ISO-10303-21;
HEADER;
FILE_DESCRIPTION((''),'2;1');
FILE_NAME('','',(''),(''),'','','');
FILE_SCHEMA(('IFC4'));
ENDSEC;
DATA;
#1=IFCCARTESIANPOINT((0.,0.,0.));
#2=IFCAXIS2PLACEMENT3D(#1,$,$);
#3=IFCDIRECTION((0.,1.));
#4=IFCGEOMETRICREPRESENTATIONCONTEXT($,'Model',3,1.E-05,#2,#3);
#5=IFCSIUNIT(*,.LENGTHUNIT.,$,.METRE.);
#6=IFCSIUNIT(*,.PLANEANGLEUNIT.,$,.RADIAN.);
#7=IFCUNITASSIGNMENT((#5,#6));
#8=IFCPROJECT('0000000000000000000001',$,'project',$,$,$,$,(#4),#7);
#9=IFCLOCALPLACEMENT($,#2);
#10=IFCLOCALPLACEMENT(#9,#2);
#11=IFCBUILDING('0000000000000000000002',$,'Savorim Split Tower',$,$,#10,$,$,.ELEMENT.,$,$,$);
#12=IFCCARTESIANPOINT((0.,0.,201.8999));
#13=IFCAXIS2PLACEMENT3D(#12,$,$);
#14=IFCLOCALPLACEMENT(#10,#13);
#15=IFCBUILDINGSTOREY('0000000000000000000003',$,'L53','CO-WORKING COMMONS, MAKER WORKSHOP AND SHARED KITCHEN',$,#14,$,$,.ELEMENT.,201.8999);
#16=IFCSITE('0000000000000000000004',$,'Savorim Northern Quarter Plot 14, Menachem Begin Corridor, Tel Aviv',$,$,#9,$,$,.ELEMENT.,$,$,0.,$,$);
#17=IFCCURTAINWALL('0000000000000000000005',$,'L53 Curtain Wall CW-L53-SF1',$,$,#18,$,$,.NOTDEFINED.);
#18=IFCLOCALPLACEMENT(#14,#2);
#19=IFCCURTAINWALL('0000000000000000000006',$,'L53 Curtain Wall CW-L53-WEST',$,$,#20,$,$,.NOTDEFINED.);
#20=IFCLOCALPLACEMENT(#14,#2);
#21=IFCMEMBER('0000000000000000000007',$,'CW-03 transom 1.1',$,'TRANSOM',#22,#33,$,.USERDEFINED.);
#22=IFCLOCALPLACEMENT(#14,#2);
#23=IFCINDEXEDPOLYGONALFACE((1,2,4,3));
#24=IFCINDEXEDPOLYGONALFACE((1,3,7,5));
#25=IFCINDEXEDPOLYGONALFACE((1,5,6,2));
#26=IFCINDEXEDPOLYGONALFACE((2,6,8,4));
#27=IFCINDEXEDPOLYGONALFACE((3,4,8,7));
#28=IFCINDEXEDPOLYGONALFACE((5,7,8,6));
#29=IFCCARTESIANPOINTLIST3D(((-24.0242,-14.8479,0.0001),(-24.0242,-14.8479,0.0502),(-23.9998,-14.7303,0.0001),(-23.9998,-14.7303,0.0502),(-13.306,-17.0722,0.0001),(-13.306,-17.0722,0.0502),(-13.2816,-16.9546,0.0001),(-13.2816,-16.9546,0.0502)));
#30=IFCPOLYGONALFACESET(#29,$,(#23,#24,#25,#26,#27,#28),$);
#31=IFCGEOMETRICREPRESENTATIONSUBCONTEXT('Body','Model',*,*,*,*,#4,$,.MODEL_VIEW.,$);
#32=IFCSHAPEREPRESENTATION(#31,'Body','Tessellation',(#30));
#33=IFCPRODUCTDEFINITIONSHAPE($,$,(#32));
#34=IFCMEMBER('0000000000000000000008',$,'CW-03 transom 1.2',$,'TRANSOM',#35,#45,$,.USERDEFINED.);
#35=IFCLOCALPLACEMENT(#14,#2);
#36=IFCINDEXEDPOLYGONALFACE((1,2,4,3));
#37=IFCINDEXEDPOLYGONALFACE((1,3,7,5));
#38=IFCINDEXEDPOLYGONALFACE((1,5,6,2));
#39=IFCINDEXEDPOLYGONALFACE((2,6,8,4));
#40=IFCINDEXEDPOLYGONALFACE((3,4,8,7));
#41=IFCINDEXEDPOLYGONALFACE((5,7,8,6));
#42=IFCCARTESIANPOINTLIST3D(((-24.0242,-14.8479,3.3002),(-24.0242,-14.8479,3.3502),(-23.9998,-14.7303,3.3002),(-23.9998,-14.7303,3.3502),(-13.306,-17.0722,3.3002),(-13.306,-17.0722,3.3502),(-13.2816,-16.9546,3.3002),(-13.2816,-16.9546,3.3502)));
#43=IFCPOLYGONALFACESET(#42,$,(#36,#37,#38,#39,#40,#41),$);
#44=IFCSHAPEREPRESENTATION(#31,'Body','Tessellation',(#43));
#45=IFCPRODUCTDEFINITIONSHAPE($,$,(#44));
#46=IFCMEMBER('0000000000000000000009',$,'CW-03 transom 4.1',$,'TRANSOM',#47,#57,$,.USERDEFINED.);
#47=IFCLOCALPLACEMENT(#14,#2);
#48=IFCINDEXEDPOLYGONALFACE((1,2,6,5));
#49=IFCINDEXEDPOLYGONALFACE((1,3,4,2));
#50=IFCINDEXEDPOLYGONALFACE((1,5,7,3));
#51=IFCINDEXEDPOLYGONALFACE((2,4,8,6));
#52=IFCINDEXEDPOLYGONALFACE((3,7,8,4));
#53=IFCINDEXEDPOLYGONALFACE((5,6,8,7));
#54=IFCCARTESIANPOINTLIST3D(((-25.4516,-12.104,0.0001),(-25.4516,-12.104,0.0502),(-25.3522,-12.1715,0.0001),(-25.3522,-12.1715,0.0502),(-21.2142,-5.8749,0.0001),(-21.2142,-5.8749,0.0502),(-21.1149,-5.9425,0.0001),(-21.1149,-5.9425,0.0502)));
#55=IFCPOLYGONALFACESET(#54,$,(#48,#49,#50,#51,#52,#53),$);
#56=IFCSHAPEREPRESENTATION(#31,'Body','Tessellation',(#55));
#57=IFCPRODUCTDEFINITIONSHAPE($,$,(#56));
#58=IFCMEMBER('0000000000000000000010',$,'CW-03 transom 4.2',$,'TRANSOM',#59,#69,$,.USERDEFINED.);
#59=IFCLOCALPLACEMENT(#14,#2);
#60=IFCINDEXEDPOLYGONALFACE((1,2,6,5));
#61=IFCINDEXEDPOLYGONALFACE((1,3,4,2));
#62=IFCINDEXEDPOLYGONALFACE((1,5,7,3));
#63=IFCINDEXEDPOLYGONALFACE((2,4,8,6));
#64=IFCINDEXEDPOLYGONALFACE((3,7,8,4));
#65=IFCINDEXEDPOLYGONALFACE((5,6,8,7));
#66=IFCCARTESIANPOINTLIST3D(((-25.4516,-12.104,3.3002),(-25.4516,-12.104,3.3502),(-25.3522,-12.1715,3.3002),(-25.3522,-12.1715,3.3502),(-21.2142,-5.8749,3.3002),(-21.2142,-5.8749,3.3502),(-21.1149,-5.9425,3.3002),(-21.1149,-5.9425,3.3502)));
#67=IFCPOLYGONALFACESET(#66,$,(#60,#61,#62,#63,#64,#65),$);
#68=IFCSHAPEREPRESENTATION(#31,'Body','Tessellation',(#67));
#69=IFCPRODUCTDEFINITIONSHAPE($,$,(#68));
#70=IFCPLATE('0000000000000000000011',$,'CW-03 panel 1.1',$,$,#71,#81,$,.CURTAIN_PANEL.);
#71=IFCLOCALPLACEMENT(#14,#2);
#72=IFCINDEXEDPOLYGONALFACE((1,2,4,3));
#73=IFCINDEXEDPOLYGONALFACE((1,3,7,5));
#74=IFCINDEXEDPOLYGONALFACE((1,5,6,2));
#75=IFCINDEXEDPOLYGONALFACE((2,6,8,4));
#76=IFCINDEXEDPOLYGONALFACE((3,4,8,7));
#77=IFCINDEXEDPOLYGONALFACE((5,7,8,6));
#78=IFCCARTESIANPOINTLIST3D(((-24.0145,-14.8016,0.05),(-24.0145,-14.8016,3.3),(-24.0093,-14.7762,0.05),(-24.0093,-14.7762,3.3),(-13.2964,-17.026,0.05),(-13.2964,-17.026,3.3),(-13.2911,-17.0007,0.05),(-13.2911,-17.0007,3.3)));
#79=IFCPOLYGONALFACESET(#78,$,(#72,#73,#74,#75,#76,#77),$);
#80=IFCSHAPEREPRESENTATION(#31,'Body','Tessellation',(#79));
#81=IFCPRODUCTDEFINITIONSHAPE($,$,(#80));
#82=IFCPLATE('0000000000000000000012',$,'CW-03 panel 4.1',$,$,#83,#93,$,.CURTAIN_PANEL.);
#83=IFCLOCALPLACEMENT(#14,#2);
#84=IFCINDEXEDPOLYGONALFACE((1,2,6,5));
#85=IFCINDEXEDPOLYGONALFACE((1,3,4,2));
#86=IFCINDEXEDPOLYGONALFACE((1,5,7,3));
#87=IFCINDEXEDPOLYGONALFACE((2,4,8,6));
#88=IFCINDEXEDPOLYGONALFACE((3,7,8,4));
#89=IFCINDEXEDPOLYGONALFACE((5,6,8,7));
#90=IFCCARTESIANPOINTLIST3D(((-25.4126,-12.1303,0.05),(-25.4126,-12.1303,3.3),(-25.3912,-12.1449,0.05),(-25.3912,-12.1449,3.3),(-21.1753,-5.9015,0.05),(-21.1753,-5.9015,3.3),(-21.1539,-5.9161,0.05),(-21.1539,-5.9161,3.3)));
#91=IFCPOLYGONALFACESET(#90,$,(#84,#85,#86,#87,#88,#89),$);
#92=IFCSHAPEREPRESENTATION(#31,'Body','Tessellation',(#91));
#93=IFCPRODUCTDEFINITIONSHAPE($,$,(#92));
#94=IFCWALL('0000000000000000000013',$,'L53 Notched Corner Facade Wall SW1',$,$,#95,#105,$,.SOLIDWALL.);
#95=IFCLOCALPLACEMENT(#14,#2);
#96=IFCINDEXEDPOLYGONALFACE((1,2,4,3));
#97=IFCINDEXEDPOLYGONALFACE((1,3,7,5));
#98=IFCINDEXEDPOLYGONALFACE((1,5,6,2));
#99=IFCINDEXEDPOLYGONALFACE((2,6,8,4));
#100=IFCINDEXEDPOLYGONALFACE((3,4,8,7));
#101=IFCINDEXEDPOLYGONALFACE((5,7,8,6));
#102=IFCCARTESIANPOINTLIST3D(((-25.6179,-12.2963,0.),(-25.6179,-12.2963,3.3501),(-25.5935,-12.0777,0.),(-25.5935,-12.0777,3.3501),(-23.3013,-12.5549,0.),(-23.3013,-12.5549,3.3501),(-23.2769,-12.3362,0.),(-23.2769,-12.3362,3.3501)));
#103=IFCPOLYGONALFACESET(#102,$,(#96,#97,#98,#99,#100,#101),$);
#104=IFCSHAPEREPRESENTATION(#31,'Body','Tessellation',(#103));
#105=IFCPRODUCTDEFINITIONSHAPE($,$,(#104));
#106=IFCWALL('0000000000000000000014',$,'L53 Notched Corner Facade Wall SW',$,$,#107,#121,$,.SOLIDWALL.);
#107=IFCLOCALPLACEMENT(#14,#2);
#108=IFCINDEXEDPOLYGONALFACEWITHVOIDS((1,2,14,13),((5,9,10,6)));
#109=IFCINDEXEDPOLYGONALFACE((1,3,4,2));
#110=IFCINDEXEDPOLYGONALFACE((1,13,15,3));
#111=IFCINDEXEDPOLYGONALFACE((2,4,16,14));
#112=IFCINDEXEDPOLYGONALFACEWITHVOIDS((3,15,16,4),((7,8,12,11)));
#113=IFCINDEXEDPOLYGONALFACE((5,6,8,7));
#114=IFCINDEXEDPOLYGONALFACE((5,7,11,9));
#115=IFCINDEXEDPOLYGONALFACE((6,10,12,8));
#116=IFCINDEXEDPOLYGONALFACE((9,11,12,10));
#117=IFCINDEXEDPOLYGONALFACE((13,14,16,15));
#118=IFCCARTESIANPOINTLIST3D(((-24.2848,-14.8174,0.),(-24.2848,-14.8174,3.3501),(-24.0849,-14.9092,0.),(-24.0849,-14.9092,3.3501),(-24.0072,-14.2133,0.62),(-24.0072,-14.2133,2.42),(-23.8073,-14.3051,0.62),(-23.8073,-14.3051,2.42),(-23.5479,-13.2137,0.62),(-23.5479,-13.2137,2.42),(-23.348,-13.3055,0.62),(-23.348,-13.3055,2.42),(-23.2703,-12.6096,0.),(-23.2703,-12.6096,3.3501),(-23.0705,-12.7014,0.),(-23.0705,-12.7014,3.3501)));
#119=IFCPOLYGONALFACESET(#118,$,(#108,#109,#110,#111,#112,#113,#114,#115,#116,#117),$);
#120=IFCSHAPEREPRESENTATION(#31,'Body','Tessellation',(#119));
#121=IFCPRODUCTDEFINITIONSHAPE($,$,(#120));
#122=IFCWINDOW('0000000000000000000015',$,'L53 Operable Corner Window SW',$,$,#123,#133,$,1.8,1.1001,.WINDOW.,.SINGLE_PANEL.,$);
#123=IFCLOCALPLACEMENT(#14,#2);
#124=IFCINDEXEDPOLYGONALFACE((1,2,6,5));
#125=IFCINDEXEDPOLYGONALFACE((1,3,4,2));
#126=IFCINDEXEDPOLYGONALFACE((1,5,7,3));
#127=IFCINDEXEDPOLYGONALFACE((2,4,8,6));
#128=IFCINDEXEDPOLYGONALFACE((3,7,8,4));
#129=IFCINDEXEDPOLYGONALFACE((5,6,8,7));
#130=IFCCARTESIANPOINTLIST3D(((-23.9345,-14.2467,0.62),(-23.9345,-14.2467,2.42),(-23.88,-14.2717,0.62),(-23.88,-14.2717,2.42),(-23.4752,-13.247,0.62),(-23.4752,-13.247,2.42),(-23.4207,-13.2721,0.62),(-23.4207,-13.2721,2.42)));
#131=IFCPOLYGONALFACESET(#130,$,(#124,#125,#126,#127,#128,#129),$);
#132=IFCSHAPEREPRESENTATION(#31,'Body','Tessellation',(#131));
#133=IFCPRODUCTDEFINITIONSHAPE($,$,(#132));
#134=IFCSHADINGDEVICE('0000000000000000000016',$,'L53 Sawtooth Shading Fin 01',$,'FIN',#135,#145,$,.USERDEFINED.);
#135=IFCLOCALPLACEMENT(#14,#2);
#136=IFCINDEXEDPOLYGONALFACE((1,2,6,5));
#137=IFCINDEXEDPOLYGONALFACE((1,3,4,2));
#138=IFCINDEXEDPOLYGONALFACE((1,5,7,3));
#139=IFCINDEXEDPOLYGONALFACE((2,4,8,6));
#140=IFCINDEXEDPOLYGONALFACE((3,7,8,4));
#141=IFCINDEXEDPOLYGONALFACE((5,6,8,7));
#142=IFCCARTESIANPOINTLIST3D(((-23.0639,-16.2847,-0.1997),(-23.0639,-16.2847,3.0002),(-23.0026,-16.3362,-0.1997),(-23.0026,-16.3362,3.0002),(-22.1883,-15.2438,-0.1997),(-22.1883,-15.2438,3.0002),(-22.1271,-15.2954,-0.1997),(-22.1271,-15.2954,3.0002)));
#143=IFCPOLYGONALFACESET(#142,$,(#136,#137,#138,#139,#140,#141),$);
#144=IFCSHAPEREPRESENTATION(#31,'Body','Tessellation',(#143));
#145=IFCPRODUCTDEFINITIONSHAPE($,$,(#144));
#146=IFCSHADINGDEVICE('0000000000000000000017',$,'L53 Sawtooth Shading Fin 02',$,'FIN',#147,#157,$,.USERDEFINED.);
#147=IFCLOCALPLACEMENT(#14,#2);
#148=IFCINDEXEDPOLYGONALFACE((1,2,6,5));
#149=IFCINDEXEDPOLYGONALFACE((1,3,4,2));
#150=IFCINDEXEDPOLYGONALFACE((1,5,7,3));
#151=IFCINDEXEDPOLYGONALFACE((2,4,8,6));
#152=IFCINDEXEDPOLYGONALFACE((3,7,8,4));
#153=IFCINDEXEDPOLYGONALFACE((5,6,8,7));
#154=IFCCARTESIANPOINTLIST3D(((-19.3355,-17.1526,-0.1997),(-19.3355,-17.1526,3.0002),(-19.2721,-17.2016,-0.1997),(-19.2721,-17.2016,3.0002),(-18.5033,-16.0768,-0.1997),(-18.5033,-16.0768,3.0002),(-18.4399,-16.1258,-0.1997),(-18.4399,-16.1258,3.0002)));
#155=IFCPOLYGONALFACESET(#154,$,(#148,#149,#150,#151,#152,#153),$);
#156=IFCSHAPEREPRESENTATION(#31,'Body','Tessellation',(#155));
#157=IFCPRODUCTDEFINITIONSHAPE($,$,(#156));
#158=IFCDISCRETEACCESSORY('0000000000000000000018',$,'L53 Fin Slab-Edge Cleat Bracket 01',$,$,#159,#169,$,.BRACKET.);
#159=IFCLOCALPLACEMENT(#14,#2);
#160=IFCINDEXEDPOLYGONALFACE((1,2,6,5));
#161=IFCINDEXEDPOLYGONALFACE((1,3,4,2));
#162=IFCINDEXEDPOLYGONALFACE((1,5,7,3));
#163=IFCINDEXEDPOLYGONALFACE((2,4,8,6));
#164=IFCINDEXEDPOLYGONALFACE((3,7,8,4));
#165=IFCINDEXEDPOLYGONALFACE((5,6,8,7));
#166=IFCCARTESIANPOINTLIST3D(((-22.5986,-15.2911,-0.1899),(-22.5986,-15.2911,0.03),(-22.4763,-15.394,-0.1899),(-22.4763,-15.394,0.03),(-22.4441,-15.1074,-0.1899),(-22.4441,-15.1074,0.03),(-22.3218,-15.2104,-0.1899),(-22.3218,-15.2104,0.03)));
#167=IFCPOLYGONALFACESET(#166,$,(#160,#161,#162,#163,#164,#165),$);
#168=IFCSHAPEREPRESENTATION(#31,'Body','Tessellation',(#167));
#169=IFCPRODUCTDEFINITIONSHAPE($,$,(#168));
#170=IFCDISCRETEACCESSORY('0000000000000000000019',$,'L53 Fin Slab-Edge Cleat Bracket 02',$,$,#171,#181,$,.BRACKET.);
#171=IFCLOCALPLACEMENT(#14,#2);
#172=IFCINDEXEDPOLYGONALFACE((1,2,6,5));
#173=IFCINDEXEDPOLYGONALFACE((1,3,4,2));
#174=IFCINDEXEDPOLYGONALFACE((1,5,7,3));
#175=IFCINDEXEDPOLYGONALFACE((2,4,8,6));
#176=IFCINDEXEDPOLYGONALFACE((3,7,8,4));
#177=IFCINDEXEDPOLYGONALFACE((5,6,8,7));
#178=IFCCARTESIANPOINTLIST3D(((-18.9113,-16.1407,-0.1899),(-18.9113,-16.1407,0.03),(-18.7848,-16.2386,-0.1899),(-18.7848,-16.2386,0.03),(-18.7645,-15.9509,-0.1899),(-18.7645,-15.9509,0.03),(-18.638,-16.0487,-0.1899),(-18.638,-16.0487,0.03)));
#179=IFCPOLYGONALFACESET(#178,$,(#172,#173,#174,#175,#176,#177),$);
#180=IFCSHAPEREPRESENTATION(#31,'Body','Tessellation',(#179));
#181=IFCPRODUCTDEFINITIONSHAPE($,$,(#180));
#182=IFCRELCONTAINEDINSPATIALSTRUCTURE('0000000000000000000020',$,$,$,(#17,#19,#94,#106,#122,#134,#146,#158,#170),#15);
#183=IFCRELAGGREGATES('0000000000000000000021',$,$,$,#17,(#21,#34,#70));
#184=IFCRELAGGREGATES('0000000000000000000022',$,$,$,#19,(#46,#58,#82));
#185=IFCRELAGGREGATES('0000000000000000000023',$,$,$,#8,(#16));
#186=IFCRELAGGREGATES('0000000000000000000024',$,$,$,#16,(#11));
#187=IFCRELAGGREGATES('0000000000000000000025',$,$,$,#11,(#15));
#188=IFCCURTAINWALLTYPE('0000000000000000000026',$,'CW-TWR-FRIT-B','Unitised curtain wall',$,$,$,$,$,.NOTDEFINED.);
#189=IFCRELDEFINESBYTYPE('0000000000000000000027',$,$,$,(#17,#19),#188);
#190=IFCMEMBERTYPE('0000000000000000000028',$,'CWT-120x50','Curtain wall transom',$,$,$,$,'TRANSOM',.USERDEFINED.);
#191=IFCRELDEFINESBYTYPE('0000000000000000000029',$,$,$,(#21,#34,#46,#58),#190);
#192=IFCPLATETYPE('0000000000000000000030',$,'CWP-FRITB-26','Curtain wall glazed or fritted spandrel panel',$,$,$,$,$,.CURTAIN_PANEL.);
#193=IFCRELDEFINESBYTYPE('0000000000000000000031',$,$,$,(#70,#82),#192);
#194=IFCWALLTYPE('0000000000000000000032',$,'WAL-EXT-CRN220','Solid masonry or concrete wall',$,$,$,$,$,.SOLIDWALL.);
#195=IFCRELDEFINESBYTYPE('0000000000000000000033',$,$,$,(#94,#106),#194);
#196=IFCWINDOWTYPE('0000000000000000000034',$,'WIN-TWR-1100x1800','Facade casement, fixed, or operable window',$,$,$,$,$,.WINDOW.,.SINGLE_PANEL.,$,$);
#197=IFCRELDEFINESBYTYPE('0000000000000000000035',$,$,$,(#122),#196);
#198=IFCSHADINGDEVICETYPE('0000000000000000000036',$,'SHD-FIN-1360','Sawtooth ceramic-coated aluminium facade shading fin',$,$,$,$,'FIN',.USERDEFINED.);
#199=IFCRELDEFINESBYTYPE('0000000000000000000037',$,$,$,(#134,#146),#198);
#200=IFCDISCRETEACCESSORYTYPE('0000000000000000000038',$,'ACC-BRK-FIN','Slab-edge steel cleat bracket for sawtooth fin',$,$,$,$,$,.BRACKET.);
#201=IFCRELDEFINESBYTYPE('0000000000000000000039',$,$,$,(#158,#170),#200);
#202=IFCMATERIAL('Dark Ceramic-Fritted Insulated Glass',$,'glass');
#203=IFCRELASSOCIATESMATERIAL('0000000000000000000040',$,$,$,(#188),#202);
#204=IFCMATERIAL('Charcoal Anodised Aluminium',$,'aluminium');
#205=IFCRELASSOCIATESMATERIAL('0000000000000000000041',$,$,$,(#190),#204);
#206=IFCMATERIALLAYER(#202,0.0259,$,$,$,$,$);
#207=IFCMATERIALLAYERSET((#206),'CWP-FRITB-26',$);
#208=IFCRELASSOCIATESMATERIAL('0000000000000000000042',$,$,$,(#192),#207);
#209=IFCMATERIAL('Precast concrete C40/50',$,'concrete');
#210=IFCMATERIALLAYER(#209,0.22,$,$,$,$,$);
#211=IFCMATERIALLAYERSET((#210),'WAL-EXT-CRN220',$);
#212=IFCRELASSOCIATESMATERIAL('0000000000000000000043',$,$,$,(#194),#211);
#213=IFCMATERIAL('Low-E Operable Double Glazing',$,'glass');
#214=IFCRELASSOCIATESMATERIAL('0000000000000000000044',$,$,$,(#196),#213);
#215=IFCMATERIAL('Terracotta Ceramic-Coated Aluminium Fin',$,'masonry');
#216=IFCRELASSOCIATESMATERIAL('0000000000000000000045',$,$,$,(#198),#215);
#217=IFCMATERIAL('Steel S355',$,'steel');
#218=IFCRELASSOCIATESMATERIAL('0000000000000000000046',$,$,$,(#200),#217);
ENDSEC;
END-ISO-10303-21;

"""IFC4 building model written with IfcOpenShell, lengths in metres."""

from ifc_helpers import new_model, si_unit, direction, frame, frame_2d, origin, origin_2d, place, context, subcontext, project, spatial, rectangle, extrude, material, layer, layer_set, material_profile, profile_set, type_object, element, fill, aggregate, save


model = new_model("IFC4")

# Units and contexts
model_context = context("Model", 3, precision=1e-05, world=origin(), true_north=direction((0.0, 1.0)))
body_context = subcontext(model_context, "Body", "Model", "MODEL_VIEW")
ifc_project = project(units=[si_unit("LENGTHUNIT", "METRE"), si_unit("PLANEANGLEUNIT", "RADIAN")], contexts=[model_context])

# Site, building, storey
site_placement = place(None, origin())
site = spatial("IfcSite", under=ifc_project, at=site_placement, Name="Savorim Northern Quarter Plot 14, Menachem Begin Corridor, Tel Aviv", CompositionType="ELEMENT", RefElevation=0.0)
building_placement = place(site_placement, origin())
building = spatial("IfcBuilding", under=site, at=building_placement, Name="Savorim Split Tower", CompositionType="ELEMENT")
storey_placement = place(building_placement, frame((0.0, 0.0, 201.8999)))
storey = spatial("IfcBuildingStorey", under=building, at=storey_placement, Name="L53", Description="CO-WORKING COMMONS, MAKER WORKSHOP AND SHARED KITCHEN", CompositionType="ELEMENT", Elevation=201.8999)

# Shared definitions
ifc_material_1 = material(Name="Steel S355", Category="steel")

# Curtain wall
ifc_material_2 = material(Name="Dark Ceramic-Fritted Insulated Glass", Category="glass")
curtain_wall_type = type_object("IfcCurtainWallType", Name="CW-TWR-FRIT-B", Description="Unitised curtain wall", PredefinedType="NOTDEFINED", material=ifc_material_2)
curtain_wall_1_placement = place(storey_placement, origin())
curtain_wall_1 = element("IfcCurtainWall", 1, at=curtain_wall_1_placement, inside=storey, type_object=curtain_wall_type, Name="L53 Curtain Wall CW-L53-SF1", PredefinedType="NOTDEFINED")
ifc_material_3 = material(Name="Charcoal Anodised Aluminium", Category="aluminium")

# Curtain wall
curtain_wall_2_placement = place(storey_placement, origin())
curtain_wall_2 = element("IfcCurtainWall", 2, at=curtain_wall_2_placement, inside=storey, type_object=curtain_wall_type, Name="L53 Curtain Wall CW-L53-WEST", PredefinedType="NOTDEFINED")

# Members
ifc_material_profile_1 = material_profile(ifc_material_3, rectangle(XDim=0.1201, YDim=0.05, at=origin_2d()), Name="ALU-T 120x50")
ifc_profile_set_1 = profile_set([ifc_material_profile_1], Name="Charcoal Anodised Aluminium")
member_type_1 = type_object("IfcMemberType", Name="CWT-120x50", Description="Curtain wall transom", ElementType="TRANSOM", PredefinedType="USERDEFINED", material=ifc_profile_set_1)
member_1_placement = place(storey_placement, frame((-24.012, -14.7891, 0.0251), z_axis=(0.979137, -0.203201, 0.0), x_axis=(0.203201, 0.979137, 0.0)))
member_1 = element("IfcMember", 3, at=member_1_placement, type_object=member_type_1, Name="CW-03 transom 1.1", ObjectType="TRANSOM", PredefinedType="USERDEFINED", context=body_context, shape_type="SweptSolid", body=[
    extrude(rectangle(XDim=0.1201, YDim=0.05, at=origin_2d()), origin(), (0.0, 0.0, 1.0), 10.9465),
])
member_2_placement = place(storey_placement, frame((-24.012, -14.7891, 3.3252), z_axis=(0.979137, -0.203201, 0.0), x_axis=(0.203201, 0.979137, 0.0)))
member_2 = element("IfcMember", 4, at=member_2_placement, type_object=member_type_1, Name="CW-03 transom 1.2", ObjectType="TRANSOM", PredefinedType="USERDEFINED", context=body_context, shape_type="SweptSolid", body=[
    extrude(rectangle(XDim=0.1201, YDim=0.05, at=origin_2d()), origin(), (0.0, 0.0, 1.0), 10.9465),
])
member_3_placement = place(storey_placement, frame((-21.1646, -5.9087, 0.0251), z_axis=(-0.562454, -0.826829, 0.0), x_axis=(0.826829, -0.562454, 0.0)))
member_3 = element("IfcMember", 5, at=member_3_placement, type_object=member_type_1, Name="CW-03 transom 4.1", ObjectType="TRANSOM", PredefinedType="USERDEFINED", context=body_context, shape_type="SweptSolid", body=[
    extrude(rectangle(XDim=0.1201, YDim=0.05, at=origin_2d()), origin(), (0.0, 0.0, 1.0), 7.5337),
])
member_4_placement = place(storey_placement, frame((-21.1646, -5.9087, 3.3252), z_axis=(-0.562454, -0.826829, 0.0), x_axis=(0.826829, -0.562454, 0.0)))
member_4 = element("IfcMember", 6, at=member_4_placement, type_object=member_type_1, Name="CW-03 transom 4.2", ObjectType="TRANSOM", PredefinedType="USERDEFINED", context=body_context, shape_type="SweptSolid", body=[
    extrude(rectangle(XDim=0.1201, YDim=0.05, at=origin_2d()), origin(), (0.0, 0.0, 1.0), 7.5337),
])

# Plates
ifc_layer_1 = layer(ifc_material_2, 0.0259)
ifc_layer_set_1 = layer_set([ifc_layer_1], Name="CWP-FRITB-26")
plate_type = type_object("IfcPlateType", Name="CWP-FRITB-26", Description="Curtain wall glazed or fritted spandrel panel", PredefinedType="CURTAIN_PANEL", material=ifc_layer_set_1)
plate_1_placement = place(storey_placement, frame((-18.6528, -15.9011, 0.05), z_axis=(0.0, 0.0, 1.0), x_axis=(0.979136, -0.203208, 0.0)))
plate_1 = element("IfcPlate", 7, at=plate_1_placement, type_object=plate_type, Name="CW-03 panel 1.1", PredefinedType="CURTAIN_PANEL", context=body_context, shape_type="SweptSolid", body=[
    extrude(rectangle(XDim=10.9465, YDim=0.0259, at=origin_2d()), origin(), (0.0, 0.0, 1.0), 3.25),
])
aggregate(curtain_wall_1, [member_1, member_2, plate_1])
plate_2_placement = place(storey_placement, frame((-23.2832, -9.0232, 0.05), z_axis=(0.0, 0.0, 1.0), x_axis=(-0.562465, -0.826821, 0.0)))
plate_2 = element("IfcPlate", 8, at=plate_2_placement, type_object=plate_type, Name="CW-03 panel 4.1", PredefinedType="CURTAIN_PANEL", context=body_context, shape_type="SweptSolid", body=[
    extrude(rectangle(XDim=7.5334, YDim=0.0259, at=origin_2d()), origin(), (0.0, 0.0, 1.0), 3.25),
])
aggregate(curtain_wall_2, [member_3, member_4, plate_2])

# Wall
ifc_material_4 = material(Name="Precast concrete C40/50", Category="concrete")
ifc_layer_2 = layer(ifc_material_4, 0.22)
ifc_layer_set_2 = layer_set([ifc_layer_2], Name="WAL-EXT-CRN220")
wall_type = type_object("IfcWallType", Name="WAL-EXT-CRN220", Description="Solid masonry or concrete wall", PredefinedType="SOLIDWALL", material=ifc_layer_set_2)
wall_1_placement = place(storey_placement, frame((-23.2891, -12.4456, 0.0), z_axis=(0.0, 0.0, 1.0), x_axis=(-0.99383, 0.110914, 0.0)))
element("IfcWall", 9, at=wall_1_placement, inside=storey, type_object=wall_type, Name="L53 Notched Corner Facade Wall SW1", PredefinedType="SOLIDWALL", context=body_context, shape_type="SweptSolid", body=[
    extrude(rectangle(XDim=2.3311, YDim=0.22, at=frame_2d((1.1655, 0.0))), origin(), (0.0, 0.0, 1.0), 3.3501),
])

# Wall, opening, window
wall_2_placement = place(storey_placement, frame((-24.1848, -14.8633, 0.0), z_axis=(0.0, 0.0, 1.0), x_axis=(0.417509, 0.908673, 0.0)))
wall_2 = element("IfcWall", 10, at=wall_2_placement, inside=storey, type_object=wall_type, Name="L53 Notched Corner Facade Wall SW", PredefinedType="SOLIDWALL", context=body_context, shape_type="SweptSolid", body=[
    extrude(rectangle(XDim=2.4297, YDim=0.22, at=frame_2d((1.2148, 0.0))), origin(), (0.0, 0.0, 1.0), 3.3501),
])
opening_placement = place(wall_2_placement, frame((0.6648, 0.0, 0.6201)))
opening = element("IfcOpeningElement", 11, at=opening_placement, cuts=wall_2, PredefinedType="OPENING", context=body_context, shape_type="SweptSolid", body=[
    extrude(rectangle(XDim=1.1001, YDim=1.8, at=frame_2d((0.55, 0.8999))), frame((0.0, 0.1199, 0.0), z_axis=(0.0, -1.0, 0.0), x_axis=(1.0, 0.0, 0.0)), (0.0, 0.0, 1.0), 0.24),
])
ifc_material_5 = material(Name="Low-E Operable Double Glazing", Category="glass")
window_type = type_object("IfcWindowType", Name="WIN-TWR-1100x1800", Description="Facade casement, fixed, or operable window", PartitioningType="SINGLE_PANEL", PredefinedType="WINDOW", material=ifc_material_5)
window_placement = place(opening_placement, origin())
window = element("IfcWindow", 12, at=window_placement, inside=storey, type_object=window_type, Name="L53 Operable Corner Window SW", OverallHeight=1.8, OverallWidth=1.1001, PartitioningType="SINGLE_PANEL", PredefinedType="WINDOW", context=body_context, shape_type="SweptSolid", body=[
    extrude(rectangle(XDim=1.1001, YDim=1.8, at=frame_2d((0.55, 0.8999))), frame((0.0, 0.03, 0.0), z_axis=(0.0, -1.0, 0.0), x_axis=(1.0, 0.0, 0.0)), (0.0, 0.0, 1.0), 0.0601),
])
fill(opening, window)

# Shading devices
ifc_material_6 = material(Name="Terracotta Ceramic-Coated Aluminium Fin", Category="masonry")
shading_device_type = type_object("IfcShadingDeviceType", Name="SHD-FIN-1360", Description="Sawtooth ceramic-coated aluminium facade shading fin", ElementType="FIN", PredefinedType="USERDEFINED", material=ifc_material_6)
for number, where, z_axis, x_axis, name in (
    (13, (-22.5955, -15.79, -0.1997), (0.0, 0.0, 1.0), (-0.643719, -0.765262, 0.0), "L53 Sawtooth Shading Fin 01"),
    (14, (-18.8877, -16.6392, -0.1997), (0.0, 0.0, 1.0), (-0.611868, -0.79096, 0.0), "L53 Sawtooth Shading Fin 02"),
):
    element("IfcShadingDevice", number, at=place(storey_placement, frame(where, z_axis=z_axis, x_axis=x_axis)), inside=storey, type_object=shading_device_type, Name=name, ObjectType="FIN", PredefinedType="USERDEFINED", context=body_context, shape_type="SweptSolid", body=[
        extrude(rectangle(XDim=1.3601, YDim=0.0801, at=origin_2d()), origin(), (0.0, 0.0, 1.0), 3.2),
    ])

# Discrete accessories
discrete_accessory_type = type_object("IfcDiscreteAccessoryType", Name="ACC-BRK-FIN", Description="Slab-edge steel cleat bracket for sawtooth fin", PredefinedType="BRACKET", material=ifc_material_1)
for number, where, z_axis, x_axis, name in (
    (15, (-22.4602, -15.2507, -0.1899), (0.0, 0.0, 1.0), (-0.643719, -0.765262, 0.0), "L53 Fin Slab-Edge Cleat Bracket 01"),
    (16, (-18.7747, -16.0947, -0.1899), (0.0, 0.0, 1.0), (-0.611868, -0.79096, 0.0), "L53 Fin Slab-Edge Cleat Bracket 02"),
):
    element("IfcDiscreteAccessory", number, at=place(storey_placement, frame(where, z_axis=z_axis, x_axis=x_axis)), inside=storey, type_object=discrete_accessory_type, Name=name, PredefinedType="BRACKET", context=body_context, shape_type="SweptSolid", body=[
        extrude(rectangle(XDim=0.24, YDim=0.1599, at=origin_2d()), origin(), (0.0, 0.0, 1.0), 0.22),
    ])

save(model, "model.ifc")
